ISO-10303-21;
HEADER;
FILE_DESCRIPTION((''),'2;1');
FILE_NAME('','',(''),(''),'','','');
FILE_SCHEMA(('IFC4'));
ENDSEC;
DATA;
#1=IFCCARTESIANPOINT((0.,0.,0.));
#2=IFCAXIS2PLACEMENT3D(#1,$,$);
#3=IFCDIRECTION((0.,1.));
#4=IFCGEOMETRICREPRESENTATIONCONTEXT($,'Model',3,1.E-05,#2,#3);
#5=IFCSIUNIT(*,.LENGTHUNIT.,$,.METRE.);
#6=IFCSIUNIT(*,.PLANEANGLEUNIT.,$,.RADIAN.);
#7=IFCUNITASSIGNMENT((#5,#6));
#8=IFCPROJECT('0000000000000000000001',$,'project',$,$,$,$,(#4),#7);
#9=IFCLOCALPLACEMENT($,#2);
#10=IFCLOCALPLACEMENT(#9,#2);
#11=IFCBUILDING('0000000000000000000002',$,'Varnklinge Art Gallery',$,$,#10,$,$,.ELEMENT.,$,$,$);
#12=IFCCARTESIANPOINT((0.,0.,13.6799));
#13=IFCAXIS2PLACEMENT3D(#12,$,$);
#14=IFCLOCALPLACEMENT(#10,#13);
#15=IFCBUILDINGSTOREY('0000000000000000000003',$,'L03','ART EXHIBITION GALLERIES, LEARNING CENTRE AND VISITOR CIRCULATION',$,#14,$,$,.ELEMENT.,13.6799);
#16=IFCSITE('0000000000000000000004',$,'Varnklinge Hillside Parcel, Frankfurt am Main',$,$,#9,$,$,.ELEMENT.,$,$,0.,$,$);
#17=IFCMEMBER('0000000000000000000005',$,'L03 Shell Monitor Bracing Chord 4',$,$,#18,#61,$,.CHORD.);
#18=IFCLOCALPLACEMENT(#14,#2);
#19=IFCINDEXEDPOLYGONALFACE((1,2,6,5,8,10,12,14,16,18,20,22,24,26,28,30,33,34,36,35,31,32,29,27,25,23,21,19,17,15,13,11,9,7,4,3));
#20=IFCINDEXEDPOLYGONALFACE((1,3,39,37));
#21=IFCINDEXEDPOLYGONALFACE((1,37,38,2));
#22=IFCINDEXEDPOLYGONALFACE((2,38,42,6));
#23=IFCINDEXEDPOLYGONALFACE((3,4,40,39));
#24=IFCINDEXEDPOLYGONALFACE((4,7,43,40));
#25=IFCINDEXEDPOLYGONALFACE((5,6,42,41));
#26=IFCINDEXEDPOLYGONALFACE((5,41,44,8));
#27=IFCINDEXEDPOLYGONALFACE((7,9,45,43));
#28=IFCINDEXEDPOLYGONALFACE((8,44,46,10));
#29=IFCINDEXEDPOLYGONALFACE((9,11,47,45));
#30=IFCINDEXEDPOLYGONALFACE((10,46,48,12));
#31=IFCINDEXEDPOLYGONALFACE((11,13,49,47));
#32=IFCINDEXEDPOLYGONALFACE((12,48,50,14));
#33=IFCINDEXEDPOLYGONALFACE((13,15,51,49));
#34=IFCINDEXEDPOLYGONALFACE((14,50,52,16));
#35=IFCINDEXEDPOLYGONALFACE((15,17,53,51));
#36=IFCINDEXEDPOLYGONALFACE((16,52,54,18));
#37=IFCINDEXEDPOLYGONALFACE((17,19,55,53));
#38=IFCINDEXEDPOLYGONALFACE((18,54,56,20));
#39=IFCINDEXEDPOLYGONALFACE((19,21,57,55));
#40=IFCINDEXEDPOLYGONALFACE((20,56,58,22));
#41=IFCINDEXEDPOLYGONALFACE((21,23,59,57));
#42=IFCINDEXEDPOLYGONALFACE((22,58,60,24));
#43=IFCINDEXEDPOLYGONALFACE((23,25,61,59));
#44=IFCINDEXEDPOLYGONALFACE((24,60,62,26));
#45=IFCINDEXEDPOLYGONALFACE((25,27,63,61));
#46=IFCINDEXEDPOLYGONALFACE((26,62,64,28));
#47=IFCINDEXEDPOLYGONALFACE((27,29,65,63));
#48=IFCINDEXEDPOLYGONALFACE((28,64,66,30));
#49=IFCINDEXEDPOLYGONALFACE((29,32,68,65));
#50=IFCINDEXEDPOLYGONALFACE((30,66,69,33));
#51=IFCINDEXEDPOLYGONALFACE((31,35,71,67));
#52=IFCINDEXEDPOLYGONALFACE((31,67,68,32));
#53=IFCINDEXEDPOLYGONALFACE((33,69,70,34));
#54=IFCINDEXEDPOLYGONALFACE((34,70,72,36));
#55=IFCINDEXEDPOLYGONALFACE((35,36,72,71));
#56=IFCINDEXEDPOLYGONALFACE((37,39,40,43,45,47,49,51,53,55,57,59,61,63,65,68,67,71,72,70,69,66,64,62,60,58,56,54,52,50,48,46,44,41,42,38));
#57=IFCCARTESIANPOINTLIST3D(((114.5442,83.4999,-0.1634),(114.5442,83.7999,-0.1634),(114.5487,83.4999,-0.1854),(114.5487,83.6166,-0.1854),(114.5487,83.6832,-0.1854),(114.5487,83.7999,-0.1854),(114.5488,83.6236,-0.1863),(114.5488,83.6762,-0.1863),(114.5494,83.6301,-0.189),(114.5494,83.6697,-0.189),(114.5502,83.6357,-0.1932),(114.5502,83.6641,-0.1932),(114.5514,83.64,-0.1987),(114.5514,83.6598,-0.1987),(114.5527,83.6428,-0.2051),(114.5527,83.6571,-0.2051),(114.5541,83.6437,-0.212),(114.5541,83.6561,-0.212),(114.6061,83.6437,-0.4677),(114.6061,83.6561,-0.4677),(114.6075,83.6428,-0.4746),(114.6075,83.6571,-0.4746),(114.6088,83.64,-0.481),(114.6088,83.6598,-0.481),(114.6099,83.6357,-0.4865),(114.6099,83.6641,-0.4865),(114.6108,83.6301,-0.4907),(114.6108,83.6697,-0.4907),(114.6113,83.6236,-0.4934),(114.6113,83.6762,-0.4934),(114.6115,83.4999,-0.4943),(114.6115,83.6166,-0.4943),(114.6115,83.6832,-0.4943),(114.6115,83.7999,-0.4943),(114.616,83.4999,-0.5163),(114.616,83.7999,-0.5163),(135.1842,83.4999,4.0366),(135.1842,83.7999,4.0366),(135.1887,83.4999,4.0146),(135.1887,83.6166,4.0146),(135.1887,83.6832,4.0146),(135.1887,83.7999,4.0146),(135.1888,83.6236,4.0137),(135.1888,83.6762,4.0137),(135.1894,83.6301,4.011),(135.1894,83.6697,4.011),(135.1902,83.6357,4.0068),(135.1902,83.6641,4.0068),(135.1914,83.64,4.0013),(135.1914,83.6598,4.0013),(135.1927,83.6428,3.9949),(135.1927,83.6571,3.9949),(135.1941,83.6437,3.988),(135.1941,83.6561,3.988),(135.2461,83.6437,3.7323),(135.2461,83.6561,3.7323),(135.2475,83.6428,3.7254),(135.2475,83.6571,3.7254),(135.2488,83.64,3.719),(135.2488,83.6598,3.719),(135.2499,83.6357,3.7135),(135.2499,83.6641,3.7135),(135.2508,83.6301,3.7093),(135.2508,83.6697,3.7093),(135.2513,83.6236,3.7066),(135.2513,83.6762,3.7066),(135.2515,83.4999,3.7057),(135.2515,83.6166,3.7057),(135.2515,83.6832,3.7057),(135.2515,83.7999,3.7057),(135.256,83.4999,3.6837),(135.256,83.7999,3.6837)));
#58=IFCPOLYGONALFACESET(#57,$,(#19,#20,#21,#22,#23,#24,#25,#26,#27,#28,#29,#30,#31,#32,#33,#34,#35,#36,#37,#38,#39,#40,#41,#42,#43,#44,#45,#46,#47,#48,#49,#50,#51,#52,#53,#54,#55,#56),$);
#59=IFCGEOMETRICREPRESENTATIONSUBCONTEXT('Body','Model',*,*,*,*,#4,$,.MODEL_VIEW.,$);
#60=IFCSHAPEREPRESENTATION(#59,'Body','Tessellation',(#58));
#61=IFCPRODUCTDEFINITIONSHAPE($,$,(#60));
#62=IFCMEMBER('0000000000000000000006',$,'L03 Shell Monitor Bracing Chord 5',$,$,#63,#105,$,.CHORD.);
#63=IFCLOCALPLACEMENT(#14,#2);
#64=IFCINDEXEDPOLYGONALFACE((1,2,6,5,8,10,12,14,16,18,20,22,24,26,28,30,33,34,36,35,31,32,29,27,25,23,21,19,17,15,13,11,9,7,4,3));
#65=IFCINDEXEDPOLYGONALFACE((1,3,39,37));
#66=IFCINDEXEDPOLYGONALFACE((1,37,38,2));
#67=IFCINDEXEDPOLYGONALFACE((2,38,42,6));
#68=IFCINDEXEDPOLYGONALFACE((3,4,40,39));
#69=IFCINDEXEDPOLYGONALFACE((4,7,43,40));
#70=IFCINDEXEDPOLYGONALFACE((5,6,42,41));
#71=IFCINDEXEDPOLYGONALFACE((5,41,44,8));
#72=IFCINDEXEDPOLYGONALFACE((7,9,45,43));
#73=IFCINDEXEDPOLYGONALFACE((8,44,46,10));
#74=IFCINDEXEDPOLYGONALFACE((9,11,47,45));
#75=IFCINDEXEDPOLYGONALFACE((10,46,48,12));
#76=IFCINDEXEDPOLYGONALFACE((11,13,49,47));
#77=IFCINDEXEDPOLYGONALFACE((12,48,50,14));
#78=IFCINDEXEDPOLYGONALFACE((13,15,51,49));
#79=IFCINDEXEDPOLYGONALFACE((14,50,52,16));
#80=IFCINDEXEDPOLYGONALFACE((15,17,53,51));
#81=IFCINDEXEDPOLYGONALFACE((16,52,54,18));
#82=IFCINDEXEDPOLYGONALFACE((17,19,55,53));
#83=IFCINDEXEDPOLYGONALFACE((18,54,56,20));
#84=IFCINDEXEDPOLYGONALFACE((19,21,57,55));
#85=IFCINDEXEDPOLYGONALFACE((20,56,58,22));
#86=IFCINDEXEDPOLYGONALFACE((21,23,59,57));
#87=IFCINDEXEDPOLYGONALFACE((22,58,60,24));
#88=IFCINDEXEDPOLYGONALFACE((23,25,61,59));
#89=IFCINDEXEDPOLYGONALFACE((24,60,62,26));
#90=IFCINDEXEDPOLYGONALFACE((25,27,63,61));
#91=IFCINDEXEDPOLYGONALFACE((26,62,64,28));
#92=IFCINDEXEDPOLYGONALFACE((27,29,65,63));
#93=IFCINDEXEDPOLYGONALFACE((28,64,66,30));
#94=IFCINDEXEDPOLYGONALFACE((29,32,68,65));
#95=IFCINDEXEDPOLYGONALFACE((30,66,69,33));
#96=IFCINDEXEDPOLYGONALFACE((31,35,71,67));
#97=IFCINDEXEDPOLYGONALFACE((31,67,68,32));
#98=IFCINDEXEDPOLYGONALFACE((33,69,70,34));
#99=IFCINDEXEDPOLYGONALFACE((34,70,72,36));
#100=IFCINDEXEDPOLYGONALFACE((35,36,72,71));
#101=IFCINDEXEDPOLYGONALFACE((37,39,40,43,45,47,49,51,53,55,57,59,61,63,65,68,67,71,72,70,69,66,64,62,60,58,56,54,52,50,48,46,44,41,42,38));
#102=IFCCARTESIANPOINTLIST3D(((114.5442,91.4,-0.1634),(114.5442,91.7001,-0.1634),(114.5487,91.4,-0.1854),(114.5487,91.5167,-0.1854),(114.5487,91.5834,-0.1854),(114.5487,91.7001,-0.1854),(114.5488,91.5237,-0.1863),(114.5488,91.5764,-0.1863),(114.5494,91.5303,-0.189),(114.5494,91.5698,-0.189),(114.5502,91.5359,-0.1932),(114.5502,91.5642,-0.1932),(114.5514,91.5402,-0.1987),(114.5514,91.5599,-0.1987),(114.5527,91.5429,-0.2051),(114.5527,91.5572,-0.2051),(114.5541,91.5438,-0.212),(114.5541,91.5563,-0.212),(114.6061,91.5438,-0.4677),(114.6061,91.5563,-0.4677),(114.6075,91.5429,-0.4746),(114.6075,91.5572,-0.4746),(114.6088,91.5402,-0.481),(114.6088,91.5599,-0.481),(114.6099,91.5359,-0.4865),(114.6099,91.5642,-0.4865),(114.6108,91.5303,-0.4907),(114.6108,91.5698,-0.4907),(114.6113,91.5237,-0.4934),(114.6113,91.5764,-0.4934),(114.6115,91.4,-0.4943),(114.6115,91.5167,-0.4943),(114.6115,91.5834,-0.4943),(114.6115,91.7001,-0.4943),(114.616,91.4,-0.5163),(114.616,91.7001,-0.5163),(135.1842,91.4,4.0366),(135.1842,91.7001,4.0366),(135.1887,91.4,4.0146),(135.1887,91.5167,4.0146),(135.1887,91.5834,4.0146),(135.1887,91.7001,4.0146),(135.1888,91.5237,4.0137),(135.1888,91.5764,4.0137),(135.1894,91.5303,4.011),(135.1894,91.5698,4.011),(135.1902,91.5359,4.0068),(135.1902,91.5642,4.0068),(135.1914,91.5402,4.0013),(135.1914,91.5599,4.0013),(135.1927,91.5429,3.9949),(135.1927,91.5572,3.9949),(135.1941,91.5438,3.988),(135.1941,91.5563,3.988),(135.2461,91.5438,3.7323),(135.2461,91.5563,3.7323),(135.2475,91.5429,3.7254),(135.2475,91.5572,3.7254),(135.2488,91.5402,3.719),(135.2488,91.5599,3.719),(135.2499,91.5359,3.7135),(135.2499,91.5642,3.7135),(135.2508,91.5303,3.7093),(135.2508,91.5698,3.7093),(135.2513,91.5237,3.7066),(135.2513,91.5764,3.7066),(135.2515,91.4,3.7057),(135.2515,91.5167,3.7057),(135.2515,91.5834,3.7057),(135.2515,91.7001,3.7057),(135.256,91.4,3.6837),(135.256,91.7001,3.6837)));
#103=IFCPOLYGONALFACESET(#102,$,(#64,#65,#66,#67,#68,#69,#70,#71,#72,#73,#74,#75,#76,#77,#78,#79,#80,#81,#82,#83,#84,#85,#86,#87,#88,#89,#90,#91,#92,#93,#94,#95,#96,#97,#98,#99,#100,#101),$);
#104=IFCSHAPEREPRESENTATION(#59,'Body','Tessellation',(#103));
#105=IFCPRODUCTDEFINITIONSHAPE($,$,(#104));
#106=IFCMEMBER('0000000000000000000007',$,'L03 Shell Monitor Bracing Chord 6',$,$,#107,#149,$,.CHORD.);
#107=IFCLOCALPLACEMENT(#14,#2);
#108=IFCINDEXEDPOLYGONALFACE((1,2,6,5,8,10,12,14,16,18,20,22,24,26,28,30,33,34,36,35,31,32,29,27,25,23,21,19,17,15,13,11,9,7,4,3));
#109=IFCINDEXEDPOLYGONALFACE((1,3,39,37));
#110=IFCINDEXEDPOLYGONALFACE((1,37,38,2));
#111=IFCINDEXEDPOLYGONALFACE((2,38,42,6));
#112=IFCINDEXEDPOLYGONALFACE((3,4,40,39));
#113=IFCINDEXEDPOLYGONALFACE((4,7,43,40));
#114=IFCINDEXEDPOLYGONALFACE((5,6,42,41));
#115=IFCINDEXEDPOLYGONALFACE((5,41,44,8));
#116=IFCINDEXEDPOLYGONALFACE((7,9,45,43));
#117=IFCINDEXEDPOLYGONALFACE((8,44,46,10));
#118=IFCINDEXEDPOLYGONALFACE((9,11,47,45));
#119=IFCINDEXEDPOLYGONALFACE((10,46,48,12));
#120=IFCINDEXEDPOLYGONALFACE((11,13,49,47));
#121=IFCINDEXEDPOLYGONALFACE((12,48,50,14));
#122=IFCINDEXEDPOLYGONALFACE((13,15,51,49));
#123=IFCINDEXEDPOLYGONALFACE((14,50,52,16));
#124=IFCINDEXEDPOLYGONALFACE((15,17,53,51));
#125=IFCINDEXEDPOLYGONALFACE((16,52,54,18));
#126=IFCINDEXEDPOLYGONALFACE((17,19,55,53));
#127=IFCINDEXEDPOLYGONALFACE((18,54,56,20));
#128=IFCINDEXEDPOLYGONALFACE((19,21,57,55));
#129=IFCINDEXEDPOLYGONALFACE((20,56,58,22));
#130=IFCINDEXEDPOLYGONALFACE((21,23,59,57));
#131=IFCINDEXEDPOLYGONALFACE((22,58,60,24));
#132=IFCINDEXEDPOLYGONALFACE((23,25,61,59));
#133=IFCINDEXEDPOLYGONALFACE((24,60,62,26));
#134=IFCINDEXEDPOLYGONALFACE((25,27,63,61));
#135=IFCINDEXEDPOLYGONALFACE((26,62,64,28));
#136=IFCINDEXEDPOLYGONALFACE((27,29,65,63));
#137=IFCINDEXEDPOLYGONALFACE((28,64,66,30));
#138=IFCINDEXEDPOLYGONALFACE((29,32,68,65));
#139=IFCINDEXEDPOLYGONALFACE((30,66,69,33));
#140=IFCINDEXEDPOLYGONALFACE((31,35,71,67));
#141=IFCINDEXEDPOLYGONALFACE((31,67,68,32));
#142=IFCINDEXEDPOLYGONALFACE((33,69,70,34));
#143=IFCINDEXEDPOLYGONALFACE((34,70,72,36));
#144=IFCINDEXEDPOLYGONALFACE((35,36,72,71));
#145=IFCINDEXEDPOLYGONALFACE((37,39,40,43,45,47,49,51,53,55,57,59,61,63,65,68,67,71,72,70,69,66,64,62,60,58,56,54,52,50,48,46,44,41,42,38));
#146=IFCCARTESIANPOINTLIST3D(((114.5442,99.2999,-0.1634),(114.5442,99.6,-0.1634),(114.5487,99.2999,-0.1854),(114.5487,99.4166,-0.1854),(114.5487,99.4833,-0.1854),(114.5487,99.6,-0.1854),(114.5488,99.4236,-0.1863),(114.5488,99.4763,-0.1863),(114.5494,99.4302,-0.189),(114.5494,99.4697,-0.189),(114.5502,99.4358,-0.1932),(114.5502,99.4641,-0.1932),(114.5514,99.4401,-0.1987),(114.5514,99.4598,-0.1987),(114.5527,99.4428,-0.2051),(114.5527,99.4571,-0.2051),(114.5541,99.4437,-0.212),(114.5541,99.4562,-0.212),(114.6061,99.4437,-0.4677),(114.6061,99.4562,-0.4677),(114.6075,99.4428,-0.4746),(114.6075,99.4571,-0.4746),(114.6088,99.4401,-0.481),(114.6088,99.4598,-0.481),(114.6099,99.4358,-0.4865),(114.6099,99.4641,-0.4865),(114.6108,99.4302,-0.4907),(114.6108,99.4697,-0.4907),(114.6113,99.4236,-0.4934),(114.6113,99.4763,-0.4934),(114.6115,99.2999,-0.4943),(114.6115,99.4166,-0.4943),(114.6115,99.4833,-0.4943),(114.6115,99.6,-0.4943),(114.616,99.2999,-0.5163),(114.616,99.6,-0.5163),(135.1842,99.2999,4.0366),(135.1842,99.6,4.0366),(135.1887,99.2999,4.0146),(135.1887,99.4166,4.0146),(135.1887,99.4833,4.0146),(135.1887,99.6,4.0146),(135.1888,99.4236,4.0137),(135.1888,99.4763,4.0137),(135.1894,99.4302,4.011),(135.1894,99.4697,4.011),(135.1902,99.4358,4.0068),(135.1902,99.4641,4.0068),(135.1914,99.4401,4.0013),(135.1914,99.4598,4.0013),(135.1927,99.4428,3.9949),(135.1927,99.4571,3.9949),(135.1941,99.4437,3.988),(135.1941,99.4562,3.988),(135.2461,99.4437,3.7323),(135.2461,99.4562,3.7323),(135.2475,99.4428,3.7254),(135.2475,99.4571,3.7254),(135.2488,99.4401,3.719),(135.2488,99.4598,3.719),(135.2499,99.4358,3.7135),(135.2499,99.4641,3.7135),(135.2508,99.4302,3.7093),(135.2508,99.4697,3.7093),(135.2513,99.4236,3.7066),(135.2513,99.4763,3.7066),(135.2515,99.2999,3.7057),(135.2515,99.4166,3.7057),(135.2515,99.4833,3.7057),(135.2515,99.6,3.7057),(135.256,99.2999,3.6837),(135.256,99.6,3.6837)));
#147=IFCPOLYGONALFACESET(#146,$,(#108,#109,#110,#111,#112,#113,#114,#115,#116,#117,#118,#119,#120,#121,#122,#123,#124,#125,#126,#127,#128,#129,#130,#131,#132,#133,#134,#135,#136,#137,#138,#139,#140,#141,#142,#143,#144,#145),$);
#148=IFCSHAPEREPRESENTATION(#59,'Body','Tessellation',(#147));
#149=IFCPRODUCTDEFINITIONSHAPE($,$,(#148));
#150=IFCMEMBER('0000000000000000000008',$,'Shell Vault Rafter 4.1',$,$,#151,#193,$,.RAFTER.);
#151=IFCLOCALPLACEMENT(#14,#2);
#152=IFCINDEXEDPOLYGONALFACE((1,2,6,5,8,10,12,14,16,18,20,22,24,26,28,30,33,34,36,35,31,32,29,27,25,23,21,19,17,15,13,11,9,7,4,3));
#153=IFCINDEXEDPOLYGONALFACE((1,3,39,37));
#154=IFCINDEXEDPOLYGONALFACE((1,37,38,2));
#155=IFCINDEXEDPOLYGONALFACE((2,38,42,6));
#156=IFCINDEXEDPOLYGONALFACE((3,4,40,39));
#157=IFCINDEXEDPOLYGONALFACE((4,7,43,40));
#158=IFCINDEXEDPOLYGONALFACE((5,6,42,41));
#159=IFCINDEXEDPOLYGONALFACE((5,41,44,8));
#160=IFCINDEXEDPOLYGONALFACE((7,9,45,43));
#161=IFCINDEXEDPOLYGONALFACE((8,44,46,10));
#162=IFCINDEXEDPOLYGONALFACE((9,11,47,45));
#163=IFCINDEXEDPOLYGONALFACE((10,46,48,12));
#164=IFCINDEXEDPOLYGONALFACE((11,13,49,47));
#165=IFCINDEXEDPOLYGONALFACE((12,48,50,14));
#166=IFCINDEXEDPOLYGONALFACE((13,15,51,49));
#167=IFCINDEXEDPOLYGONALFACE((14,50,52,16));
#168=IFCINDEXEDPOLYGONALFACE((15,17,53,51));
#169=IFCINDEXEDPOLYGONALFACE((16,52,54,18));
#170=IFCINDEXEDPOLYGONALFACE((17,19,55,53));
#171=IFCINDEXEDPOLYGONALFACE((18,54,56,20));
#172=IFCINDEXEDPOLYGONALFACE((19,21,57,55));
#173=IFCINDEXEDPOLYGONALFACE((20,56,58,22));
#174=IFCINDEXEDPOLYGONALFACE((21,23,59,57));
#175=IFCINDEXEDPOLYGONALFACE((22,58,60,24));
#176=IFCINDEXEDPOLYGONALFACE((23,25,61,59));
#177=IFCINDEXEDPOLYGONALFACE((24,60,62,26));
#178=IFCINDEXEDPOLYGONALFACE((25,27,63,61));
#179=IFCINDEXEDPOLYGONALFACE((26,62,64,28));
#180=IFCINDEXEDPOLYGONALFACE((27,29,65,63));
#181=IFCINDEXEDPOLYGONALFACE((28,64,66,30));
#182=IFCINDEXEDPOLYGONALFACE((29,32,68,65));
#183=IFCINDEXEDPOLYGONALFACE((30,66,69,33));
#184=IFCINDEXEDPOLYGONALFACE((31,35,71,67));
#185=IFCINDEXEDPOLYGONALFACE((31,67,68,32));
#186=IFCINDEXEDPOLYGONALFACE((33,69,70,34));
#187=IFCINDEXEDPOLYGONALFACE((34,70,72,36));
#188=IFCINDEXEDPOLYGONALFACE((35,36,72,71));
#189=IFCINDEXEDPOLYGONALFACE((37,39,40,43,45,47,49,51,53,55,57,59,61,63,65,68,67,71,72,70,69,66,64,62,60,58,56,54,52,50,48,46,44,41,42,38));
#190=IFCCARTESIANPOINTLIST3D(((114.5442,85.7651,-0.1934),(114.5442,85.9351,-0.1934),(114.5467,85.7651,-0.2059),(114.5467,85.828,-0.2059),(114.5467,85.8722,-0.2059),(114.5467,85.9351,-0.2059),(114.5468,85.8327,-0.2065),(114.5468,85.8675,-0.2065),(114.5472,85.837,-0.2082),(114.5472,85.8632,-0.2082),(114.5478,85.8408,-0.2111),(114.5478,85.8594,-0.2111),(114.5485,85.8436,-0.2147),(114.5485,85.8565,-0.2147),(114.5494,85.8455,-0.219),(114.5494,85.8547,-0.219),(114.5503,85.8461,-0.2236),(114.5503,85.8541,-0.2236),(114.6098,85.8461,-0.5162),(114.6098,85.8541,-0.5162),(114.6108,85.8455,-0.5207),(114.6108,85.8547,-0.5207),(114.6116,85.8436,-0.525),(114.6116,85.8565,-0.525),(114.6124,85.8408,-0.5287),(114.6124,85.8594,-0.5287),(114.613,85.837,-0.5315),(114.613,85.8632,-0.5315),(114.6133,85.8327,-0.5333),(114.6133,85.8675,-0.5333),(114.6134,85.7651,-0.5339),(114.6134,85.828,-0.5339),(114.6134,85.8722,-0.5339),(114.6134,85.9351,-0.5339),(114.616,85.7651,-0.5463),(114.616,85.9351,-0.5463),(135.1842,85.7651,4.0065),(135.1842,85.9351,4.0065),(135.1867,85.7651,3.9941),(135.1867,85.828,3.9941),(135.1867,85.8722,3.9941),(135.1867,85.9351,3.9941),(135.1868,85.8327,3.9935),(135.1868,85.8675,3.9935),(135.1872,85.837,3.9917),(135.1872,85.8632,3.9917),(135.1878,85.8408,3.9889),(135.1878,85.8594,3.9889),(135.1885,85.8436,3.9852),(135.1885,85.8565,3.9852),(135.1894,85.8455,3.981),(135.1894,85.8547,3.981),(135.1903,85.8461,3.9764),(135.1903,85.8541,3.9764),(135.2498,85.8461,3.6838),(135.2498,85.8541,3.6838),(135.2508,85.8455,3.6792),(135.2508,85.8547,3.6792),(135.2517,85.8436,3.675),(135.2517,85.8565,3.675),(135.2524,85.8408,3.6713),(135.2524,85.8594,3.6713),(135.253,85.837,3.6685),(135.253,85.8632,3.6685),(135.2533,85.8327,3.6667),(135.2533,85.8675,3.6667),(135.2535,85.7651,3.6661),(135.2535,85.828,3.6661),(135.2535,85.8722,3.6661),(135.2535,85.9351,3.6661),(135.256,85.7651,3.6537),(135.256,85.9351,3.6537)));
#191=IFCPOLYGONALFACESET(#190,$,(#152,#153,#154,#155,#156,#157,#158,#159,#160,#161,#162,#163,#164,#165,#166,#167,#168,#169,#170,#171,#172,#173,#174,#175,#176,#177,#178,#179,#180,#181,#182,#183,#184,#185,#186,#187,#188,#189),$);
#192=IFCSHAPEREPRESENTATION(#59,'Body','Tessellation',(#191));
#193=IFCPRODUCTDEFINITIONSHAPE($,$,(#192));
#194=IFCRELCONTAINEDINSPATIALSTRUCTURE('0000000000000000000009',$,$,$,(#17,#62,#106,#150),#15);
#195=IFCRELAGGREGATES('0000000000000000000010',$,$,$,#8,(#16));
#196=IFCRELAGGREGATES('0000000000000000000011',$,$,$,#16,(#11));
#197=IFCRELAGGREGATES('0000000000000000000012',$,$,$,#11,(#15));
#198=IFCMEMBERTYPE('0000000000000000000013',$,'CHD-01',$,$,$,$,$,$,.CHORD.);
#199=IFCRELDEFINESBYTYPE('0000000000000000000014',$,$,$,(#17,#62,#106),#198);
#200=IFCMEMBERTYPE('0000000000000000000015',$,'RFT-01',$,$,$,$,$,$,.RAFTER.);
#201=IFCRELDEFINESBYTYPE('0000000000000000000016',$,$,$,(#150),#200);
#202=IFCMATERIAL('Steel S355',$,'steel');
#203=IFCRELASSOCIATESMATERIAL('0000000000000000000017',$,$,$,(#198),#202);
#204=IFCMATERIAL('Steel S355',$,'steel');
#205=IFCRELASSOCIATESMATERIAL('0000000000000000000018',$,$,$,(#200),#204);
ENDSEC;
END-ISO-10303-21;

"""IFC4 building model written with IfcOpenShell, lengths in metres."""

from ifc_helpers import new_model, si_unit, direction, frame, origin, origin_2d, place, context, subcontext, project, spatial, i_section, extrude, material, material_profile, profile_set, type_object, element, save


model = new_model("IFC4")

# Units and contexts
model_context = context("Model", 3, precision=1e-05, world=origin(), true_north=direction((0.0, 1.0)))
body_context = subcontext(model_context, "Body", "Model", "MODEL_VIEW")
ifc_project = project(units=[si_unit("LENGTHUNIT", "METRE"), si_unit("PLANEANGLEUNIT", "RADIAN")], contexts=[model_context])

# Site, building, storey
site_placement = place(None, origin())
site = spatial("IfcSite", under=ifc_project, at=site_placement, Name="Varnklinge Hillside Parcel, Frankfurt am Main", CompositionType="ELEMENT", RefElevation=0.0)
building_placement = place(site_placement, origin())
building = spatial("IfcBuilding", under=site, at=building_placement, Name="Varnklinge Art Gallery", CompositionType="ELEMENT")
storey_placement = place(building_placement, frame((0.0, 0.0, 13.6799)))
storey = spatial("IfcBuildingStorey", under=building, at=storey_placement, Name="L03", Description="ART EXHIBITION GALLERIES, LEARNING CENTRE AND VISITOR CIRCULATION", CompositionType="ELEMENT", Elevation=13.6799)

# Members
ifc_material_1 = material(Name="Steel S355", Category="steel")
ifc_material_profile_1 = material_profile(ifc_material_1, i_section(OverallWidth=0.3, OverallDepth=0.3601, WebThickness=0.0125, FlangeThickness=0.0225, FilletRadius=0.0271, at=origin_2d()), Name="HEB 360")
ifc_profile_set_1 = profile_set([ifc_material_profile_1], Name="Steel S355")
member_type_1 = type_object("IfcMemberType", Name="CHD-01", PredefinedType="CHORD", material=ifc_profile_set_1)
for number, where, z_axis, x_axis, name in (
    (1, (114.5801, 83.6499, -0.3398), (0.979918, 0.0, 0.199401), (0.0, 1.0, 0.0), "L03 Shell Monitor Bracing Chord 4"),
    (2, (114.5801, 91.55, -0.3398), (0.979918, 0.0, 0.199401), (0.0, 1.0, 0.0), "L03 Shell Monitor Bracing Chord 5"),
    (3, (114.5801, 99.45, -0.3398), (0.979918, 0.0, 0.199401), (0.0, 1.0, 0.0), "L03 Shell Monitor Bracing Chord 6"),
):
    element("IfcMember", number, at=place(storey_placement, frame(where, z_axis=z_axis, x_axis=x_axis)), inside=storey, type_object=member_type_1, Name=name, PredefinedType="CHORD", context=body_context, shape_type="SweptSolid", body=[
        extrude(i_section(OverallWidth=0.3, OverallDepth=0.3601, WebThickness=0.0125, FlangeThickness=0.0225, FilletRadius=0.0271, at=origin_2d()), origin(), (0.0, 0.0, 1.0), 21.063),
    ])
ifc_material_2 = material(Name="Steel S355", Category="steel")
ifc_material_profile_2 = material_profile(ifc_material_2, i_section(OverallWidth=0.1699, OverallDepth=0.3601, WebThickness=0.0081, FlangeThickness=0.0127, FilletRadius=0.0181, at=origin_2d()), Name="IPE 360")
ifc_profile_set_2 = profile_set([ifc_material_profile_2], Name="Steel S355")
member_type_2 = type_object("IfcMemberType", Name="RFT-01", PredefinedType="RAFTER", material=ifc_profile_set_2)
for number, where, z_axis, x_axis, name in (
    (4, (114.5801, 85.8501, -0.3699), (0.979918, 0.0, 0.199401), (0.0, 1.0, 0.0), "Shell Vault Rafter 4.1"),
):
    element("IfcMember", number, at=place(storey_placement, frame(where, z_axis=z_axis, x_axis=x_axis)), inside=storey, type_object=member_type_2, Name=name, PredefinedType="RAFTER", context=body_context, shape_type="SweptSolid", body=[
        extrude(i_section(OverallWidth=0.1699, OverallDepth=0.3601, WebThickness=0.0081, FlangeThickness=0.0127, FilletRadius=0.0181, at=origin_2d()), origin(), (0.0, 0.0, 1.0), 21.063),
    ])

save(model, "model.ifc")
